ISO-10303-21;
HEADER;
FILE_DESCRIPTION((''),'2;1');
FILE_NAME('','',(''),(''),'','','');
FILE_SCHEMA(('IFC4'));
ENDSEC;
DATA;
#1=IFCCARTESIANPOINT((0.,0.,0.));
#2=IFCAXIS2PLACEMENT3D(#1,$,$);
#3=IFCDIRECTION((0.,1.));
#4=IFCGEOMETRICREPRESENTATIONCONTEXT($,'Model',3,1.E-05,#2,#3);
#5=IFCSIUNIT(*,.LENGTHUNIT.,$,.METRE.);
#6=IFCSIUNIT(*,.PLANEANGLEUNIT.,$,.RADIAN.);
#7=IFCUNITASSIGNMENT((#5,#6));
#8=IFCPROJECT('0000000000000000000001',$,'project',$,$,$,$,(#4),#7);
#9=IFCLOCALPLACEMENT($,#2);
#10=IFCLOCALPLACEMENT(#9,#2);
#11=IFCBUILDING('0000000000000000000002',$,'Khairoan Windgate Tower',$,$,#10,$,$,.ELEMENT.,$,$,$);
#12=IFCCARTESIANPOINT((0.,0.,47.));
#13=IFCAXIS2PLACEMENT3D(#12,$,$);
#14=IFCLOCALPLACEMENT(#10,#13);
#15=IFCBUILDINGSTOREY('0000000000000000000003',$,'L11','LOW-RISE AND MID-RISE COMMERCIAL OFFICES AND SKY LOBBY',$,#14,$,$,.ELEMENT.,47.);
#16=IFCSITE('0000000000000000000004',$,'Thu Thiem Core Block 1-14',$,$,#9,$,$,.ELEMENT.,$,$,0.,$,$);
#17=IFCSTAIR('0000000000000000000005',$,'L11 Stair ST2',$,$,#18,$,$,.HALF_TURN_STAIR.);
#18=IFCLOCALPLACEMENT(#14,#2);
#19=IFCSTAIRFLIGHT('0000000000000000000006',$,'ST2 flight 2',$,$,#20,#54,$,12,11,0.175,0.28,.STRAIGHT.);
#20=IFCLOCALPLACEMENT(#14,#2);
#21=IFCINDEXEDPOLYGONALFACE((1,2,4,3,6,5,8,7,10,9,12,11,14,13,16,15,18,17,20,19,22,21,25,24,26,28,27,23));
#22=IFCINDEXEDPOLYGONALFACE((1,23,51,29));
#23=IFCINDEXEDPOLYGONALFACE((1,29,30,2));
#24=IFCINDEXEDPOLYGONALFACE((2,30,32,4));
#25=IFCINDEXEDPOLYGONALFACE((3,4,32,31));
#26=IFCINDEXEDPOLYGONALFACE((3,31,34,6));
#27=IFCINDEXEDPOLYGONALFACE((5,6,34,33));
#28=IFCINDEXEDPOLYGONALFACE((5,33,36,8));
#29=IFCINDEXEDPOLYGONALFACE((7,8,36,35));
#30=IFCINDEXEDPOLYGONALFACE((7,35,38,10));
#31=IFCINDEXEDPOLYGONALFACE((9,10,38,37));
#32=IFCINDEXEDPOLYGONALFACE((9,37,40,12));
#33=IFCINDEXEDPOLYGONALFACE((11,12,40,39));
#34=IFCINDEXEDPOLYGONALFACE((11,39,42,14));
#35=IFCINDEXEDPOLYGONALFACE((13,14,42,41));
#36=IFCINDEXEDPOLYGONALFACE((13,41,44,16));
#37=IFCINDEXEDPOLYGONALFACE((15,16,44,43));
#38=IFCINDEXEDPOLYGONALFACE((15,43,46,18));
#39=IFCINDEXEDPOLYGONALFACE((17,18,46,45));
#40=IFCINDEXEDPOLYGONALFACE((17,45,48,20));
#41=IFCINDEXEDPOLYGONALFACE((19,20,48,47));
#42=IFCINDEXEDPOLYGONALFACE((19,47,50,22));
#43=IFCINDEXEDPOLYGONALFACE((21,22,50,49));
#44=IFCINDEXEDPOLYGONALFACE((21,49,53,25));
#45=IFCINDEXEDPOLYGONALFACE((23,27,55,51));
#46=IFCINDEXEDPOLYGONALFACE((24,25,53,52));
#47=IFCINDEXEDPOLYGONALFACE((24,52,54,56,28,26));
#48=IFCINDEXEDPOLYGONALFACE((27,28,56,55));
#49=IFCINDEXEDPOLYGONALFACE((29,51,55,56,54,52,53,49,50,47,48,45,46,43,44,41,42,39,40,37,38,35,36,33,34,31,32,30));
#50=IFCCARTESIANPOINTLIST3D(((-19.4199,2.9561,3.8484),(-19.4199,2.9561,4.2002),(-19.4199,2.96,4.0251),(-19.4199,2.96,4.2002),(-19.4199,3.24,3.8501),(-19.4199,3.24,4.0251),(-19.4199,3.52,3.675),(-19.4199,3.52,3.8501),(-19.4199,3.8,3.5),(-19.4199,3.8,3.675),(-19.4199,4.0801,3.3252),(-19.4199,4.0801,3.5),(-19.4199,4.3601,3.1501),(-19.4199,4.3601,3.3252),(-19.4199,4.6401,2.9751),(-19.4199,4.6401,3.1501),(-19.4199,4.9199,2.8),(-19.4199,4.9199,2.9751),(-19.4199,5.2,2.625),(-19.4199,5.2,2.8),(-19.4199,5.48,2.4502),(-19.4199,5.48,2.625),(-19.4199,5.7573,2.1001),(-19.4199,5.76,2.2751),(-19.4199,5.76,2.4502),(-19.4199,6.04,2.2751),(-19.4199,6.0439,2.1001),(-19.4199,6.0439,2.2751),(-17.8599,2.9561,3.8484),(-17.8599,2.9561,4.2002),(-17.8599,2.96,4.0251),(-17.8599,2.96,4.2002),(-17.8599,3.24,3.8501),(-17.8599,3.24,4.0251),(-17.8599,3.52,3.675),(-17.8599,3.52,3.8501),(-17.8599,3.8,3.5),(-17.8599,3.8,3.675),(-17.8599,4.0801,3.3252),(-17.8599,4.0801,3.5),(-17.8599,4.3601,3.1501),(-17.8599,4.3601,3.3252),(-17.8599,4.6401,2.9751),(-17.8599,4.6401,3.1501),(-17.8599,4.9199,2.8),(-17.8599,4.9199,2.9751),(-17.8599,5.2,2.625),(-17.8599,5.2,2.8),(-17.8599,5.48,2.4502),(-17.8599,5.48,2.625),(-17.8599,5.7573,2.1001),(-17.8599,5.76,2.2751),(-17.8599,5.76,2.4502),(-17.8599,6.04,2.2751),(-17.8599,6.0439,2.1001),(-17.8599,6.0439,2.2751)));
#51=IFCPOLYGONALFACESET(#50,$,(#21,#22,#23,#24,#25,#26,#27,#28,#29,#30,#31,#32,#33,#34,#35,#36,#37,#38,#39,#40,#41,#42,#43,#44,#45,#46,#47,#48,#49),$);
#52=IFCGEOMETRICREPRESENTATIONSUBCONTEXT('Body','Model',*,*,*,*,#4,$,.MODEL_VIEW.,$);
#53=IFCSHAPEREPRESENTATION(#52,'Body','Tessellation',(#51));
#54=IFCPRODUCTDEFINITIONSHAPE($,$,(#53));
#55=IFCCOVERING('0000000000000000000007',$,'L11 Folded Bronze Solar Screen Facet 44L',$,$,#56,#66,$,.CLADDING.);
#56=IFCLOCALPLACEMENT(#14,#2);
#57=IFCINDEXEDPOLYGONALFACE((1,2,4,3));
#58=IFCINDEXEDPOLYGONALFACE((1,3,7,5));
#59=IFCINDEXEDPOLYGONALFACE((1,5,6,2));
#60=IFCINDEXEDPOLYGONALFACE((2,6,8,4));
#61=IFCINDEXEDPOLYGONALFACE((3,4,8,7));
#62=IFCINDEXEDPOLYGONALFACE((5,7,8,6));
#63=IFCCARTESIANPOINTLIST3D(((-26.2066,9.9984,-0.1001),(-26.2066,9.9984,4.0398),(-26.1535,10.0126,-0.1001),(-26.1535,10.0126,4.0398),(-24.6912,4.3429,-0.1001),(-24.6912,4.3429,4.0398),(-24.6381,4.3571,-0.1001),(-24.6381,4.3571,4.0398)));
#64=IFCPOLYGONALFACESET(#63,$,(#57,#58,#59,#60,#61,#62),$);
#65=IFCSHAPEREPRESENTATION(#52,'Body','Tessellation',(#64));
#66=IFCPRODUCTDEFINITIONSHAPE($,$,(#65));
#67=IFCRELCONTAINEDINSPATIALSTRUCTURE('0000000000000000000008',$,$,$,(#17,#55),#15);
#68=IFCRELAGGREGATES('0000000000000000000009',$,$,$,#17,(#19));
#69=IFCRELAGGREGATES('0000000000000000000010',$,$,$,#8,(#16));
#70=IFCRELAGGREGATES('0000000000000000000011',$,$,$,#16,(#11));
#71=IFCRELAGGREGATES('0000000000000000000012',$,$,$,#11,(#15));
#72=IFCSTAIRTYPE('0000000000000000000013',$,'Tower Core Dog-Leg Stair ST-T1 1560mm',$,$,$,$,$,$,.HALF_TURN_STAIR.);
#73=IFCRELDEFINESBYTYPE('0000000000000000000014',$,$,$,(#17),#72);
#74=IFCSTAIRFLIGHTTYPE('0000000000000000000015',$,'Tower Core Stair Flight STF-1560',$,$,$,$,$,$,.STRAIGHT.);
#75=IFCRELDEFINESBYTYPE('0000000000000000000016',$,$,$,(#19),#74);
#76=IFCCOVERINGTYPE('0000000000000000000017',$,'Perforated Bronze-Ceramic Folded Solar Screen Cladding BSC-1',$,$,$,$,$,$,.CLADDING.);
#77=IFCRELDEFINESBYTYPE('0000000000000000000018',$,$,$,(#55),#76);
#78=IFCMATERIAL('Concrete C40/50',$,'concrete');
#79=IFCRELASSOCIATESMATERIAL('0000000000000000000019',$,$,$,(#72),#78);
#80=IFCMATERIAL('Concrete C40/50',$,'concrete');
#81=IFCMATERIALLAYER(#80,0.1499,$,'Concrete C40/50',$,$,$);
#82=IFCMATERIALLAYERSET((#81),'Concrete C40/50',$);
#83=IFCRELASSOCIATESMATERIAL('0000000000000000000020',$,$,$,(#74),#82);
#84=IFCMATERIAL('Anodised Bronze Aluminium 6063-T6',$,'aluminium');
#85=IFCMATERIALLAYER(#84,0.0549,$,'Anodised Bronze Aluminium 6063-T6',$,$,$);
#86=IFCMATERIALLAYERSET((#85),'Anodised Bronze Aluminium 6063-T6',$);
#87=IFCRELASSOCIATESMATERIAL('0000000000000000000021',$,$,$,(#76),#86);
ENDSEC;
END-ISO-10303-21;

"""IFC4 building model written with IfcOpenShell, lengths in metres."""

from ifc_helpers import new_model, si_unit, direction, frame, origin, origin_2d, place, context, subcontext, project, spatial, polyline, rectangle, outline, extrude, material, layer, layer_set, type_object, element, aggregate, save


model = new_model("IFC4")

# Units and contexts
model_context = context("Model", 3, precision=1e-05, world=origin(), true_north=direction((0.0, 1.0)))
body_context = subcontext(model_context, "Body", "Model", "MODEL_VIEW")
ifc_project = project(units=[si_unit("LENGTHUNIT", "METRE"), si_unit("PLANEANGLEUNIT", "RADIAN")], contexts=[model_context])

# Site, building, storey
site_placement = place(None, origin())
site = spatial("IfcSite", under=ifc_project, at=site_placement, Name="Thu Thiem Core Block 1-14", CompositionType="ELEMENT", RefElevation=0.0)
building_placement = place(site_placement, origin())
building = spatial("IfcBuilding", under=site, at=building_placement, Name="Khairoan Windgate Tower", CompositionType="ELEMENT")
storey_placement = place(building_placement, frame((0.0, 0.0, 47.0)))
storey = spatial("IfcBuildingStorey", under=building, at=storey_placement, Name="L11", Description="LOW-RISE AND MID-RISE COMMERCIAL OFFICES AND SKY LOBBY", CompositionType="ELEMENT", Elevation=47.0)

# Stair, stair flight
ifc_material_1 = material(Name="Concrete C40/50", Category="concrete")
stair_type = type_object("IfcStairType", Name="Tower Core Dog-Leg Stair ST-T1 1560mm", PredefinedType="HALF_TURN_STAIR", material=ifc_material_1)
stair_placement = place(storey_placement, origin())
stair = element("IfcStair", 1, at=stair_placement, inside=storey, type_object=stair_type, Name="L11 Stair ST2", PredefinedType="HALF_TURN_STAIR")
ifc_material_2 = material(Name="Concrete C40/50", Category="concrete")
ifc_layer_1 = layer(ifc_material_2, 0.1499, Name="Concrete C40/50")
ifc_layer_set_1 = layer_set([ifc_layer_1], Name="Concrete C40/50")
stair_flight_type = type_object("IfcStairFlightType", Name="Tower Core Stair Flight STF-1560", PredefinedType="STRAIGHT", material=ifc_layer_set_1)
stair_flight_1_placement = place(storey_placement, frame((-18.6399, 6.04, 2.1001), z_axis=(0.0, 0.0, 1.0), x_axis=(0.0, -1.0, 0.0)))
stair_flight_1 = element("IfcStairFlight", 2, at=stair_flight_1_placement, type_object=stair_flight_type, Name="ST2 flight 2", NumberOfRisers=12, NumberOfTreads=11, PredefinedType="STRAIGHT", RiserHeight=0.175, TreadLength=0.28, context=body_context, shape_type="SweptSolid", body=[
    extrude(outline(polyline([(-0.0039, 0.0), (-0.0039, 0.175), (0.0, 0.175), (0.28, 0.175), (0.28, 0.3501), (0.5601, 0.3501), (0.5601, 0.5249), (0.8401, 0.5249), (0.8401, 0.7), (1.1201, 0.7), (1.1201, 0.875), (1.3999, 0.875), (1.3999, 1.05), (1.6799, 1.05), (1.6799, 1.2251), (1.96, 1.2251), (1.96, 1.3999), (2.24, 1.3999), (2.24, 1.575), (2.52, 1.575), (2.52, 1.75), (2.8, 1.75), (2.8, 1.925), (3.0801, 1.925), (3.0801, 2.1001), (3.084, 2.1001), (3.084, 1.7483), (0.2827, 0.0), (-0.0039, 0.0)])), frame((0.0, 0.78, 0.0), z_axis=(0.0, -1.0, 0.0), x_axis=(1.0, 0.0, 0.0)), (0.0, 0.0, 1.0), 1.5601),
])
aggregate(stair, [stair_flight_1])

# Covering
ifc_material_3 = material(Name="Anodised Bronze Aluminium 6063-T6", Category="aluminium")
ifc_layer_2 = layer(ifc_material_3, 0.0549, Name="Anodised Bronze Aluminium 6063-T6")
ifc_layer_set_2 = layer_set([ifc_layer_2], Name="Anodised Bronze Aluminium 6063-T6")
covering_type = type_object("IfcCoveringType", Name="Perforated Bronze-Ceramic Folded Solar Screen Cladding BSC-1", PredefinedType="CLADDING", material=ifc_layer_set_2)
covering_placement = place(storey_placement, frame((-25.4224, 7.1777, -0.1001), z_axis=(0.0, 0.0, 1.0), x_axis=(-0.258819, 0.965926, 0.0)))
element("IfcCovering", 3, at=covering_placement, inside=storey, type_object=covering_type, Name="L11 Folded Bronze Solar Screen Facet 44L", PredefinedType="CLADDING", context=body_context, shape_type="SweptSolid", body=[
    extrude(rectangle(XDim=5.855, YDim=0.0549, at=origin_2d()), origin(), (0.0, 0.0, 1.0), 4.1399),
])

save(model, "model.ifc")
